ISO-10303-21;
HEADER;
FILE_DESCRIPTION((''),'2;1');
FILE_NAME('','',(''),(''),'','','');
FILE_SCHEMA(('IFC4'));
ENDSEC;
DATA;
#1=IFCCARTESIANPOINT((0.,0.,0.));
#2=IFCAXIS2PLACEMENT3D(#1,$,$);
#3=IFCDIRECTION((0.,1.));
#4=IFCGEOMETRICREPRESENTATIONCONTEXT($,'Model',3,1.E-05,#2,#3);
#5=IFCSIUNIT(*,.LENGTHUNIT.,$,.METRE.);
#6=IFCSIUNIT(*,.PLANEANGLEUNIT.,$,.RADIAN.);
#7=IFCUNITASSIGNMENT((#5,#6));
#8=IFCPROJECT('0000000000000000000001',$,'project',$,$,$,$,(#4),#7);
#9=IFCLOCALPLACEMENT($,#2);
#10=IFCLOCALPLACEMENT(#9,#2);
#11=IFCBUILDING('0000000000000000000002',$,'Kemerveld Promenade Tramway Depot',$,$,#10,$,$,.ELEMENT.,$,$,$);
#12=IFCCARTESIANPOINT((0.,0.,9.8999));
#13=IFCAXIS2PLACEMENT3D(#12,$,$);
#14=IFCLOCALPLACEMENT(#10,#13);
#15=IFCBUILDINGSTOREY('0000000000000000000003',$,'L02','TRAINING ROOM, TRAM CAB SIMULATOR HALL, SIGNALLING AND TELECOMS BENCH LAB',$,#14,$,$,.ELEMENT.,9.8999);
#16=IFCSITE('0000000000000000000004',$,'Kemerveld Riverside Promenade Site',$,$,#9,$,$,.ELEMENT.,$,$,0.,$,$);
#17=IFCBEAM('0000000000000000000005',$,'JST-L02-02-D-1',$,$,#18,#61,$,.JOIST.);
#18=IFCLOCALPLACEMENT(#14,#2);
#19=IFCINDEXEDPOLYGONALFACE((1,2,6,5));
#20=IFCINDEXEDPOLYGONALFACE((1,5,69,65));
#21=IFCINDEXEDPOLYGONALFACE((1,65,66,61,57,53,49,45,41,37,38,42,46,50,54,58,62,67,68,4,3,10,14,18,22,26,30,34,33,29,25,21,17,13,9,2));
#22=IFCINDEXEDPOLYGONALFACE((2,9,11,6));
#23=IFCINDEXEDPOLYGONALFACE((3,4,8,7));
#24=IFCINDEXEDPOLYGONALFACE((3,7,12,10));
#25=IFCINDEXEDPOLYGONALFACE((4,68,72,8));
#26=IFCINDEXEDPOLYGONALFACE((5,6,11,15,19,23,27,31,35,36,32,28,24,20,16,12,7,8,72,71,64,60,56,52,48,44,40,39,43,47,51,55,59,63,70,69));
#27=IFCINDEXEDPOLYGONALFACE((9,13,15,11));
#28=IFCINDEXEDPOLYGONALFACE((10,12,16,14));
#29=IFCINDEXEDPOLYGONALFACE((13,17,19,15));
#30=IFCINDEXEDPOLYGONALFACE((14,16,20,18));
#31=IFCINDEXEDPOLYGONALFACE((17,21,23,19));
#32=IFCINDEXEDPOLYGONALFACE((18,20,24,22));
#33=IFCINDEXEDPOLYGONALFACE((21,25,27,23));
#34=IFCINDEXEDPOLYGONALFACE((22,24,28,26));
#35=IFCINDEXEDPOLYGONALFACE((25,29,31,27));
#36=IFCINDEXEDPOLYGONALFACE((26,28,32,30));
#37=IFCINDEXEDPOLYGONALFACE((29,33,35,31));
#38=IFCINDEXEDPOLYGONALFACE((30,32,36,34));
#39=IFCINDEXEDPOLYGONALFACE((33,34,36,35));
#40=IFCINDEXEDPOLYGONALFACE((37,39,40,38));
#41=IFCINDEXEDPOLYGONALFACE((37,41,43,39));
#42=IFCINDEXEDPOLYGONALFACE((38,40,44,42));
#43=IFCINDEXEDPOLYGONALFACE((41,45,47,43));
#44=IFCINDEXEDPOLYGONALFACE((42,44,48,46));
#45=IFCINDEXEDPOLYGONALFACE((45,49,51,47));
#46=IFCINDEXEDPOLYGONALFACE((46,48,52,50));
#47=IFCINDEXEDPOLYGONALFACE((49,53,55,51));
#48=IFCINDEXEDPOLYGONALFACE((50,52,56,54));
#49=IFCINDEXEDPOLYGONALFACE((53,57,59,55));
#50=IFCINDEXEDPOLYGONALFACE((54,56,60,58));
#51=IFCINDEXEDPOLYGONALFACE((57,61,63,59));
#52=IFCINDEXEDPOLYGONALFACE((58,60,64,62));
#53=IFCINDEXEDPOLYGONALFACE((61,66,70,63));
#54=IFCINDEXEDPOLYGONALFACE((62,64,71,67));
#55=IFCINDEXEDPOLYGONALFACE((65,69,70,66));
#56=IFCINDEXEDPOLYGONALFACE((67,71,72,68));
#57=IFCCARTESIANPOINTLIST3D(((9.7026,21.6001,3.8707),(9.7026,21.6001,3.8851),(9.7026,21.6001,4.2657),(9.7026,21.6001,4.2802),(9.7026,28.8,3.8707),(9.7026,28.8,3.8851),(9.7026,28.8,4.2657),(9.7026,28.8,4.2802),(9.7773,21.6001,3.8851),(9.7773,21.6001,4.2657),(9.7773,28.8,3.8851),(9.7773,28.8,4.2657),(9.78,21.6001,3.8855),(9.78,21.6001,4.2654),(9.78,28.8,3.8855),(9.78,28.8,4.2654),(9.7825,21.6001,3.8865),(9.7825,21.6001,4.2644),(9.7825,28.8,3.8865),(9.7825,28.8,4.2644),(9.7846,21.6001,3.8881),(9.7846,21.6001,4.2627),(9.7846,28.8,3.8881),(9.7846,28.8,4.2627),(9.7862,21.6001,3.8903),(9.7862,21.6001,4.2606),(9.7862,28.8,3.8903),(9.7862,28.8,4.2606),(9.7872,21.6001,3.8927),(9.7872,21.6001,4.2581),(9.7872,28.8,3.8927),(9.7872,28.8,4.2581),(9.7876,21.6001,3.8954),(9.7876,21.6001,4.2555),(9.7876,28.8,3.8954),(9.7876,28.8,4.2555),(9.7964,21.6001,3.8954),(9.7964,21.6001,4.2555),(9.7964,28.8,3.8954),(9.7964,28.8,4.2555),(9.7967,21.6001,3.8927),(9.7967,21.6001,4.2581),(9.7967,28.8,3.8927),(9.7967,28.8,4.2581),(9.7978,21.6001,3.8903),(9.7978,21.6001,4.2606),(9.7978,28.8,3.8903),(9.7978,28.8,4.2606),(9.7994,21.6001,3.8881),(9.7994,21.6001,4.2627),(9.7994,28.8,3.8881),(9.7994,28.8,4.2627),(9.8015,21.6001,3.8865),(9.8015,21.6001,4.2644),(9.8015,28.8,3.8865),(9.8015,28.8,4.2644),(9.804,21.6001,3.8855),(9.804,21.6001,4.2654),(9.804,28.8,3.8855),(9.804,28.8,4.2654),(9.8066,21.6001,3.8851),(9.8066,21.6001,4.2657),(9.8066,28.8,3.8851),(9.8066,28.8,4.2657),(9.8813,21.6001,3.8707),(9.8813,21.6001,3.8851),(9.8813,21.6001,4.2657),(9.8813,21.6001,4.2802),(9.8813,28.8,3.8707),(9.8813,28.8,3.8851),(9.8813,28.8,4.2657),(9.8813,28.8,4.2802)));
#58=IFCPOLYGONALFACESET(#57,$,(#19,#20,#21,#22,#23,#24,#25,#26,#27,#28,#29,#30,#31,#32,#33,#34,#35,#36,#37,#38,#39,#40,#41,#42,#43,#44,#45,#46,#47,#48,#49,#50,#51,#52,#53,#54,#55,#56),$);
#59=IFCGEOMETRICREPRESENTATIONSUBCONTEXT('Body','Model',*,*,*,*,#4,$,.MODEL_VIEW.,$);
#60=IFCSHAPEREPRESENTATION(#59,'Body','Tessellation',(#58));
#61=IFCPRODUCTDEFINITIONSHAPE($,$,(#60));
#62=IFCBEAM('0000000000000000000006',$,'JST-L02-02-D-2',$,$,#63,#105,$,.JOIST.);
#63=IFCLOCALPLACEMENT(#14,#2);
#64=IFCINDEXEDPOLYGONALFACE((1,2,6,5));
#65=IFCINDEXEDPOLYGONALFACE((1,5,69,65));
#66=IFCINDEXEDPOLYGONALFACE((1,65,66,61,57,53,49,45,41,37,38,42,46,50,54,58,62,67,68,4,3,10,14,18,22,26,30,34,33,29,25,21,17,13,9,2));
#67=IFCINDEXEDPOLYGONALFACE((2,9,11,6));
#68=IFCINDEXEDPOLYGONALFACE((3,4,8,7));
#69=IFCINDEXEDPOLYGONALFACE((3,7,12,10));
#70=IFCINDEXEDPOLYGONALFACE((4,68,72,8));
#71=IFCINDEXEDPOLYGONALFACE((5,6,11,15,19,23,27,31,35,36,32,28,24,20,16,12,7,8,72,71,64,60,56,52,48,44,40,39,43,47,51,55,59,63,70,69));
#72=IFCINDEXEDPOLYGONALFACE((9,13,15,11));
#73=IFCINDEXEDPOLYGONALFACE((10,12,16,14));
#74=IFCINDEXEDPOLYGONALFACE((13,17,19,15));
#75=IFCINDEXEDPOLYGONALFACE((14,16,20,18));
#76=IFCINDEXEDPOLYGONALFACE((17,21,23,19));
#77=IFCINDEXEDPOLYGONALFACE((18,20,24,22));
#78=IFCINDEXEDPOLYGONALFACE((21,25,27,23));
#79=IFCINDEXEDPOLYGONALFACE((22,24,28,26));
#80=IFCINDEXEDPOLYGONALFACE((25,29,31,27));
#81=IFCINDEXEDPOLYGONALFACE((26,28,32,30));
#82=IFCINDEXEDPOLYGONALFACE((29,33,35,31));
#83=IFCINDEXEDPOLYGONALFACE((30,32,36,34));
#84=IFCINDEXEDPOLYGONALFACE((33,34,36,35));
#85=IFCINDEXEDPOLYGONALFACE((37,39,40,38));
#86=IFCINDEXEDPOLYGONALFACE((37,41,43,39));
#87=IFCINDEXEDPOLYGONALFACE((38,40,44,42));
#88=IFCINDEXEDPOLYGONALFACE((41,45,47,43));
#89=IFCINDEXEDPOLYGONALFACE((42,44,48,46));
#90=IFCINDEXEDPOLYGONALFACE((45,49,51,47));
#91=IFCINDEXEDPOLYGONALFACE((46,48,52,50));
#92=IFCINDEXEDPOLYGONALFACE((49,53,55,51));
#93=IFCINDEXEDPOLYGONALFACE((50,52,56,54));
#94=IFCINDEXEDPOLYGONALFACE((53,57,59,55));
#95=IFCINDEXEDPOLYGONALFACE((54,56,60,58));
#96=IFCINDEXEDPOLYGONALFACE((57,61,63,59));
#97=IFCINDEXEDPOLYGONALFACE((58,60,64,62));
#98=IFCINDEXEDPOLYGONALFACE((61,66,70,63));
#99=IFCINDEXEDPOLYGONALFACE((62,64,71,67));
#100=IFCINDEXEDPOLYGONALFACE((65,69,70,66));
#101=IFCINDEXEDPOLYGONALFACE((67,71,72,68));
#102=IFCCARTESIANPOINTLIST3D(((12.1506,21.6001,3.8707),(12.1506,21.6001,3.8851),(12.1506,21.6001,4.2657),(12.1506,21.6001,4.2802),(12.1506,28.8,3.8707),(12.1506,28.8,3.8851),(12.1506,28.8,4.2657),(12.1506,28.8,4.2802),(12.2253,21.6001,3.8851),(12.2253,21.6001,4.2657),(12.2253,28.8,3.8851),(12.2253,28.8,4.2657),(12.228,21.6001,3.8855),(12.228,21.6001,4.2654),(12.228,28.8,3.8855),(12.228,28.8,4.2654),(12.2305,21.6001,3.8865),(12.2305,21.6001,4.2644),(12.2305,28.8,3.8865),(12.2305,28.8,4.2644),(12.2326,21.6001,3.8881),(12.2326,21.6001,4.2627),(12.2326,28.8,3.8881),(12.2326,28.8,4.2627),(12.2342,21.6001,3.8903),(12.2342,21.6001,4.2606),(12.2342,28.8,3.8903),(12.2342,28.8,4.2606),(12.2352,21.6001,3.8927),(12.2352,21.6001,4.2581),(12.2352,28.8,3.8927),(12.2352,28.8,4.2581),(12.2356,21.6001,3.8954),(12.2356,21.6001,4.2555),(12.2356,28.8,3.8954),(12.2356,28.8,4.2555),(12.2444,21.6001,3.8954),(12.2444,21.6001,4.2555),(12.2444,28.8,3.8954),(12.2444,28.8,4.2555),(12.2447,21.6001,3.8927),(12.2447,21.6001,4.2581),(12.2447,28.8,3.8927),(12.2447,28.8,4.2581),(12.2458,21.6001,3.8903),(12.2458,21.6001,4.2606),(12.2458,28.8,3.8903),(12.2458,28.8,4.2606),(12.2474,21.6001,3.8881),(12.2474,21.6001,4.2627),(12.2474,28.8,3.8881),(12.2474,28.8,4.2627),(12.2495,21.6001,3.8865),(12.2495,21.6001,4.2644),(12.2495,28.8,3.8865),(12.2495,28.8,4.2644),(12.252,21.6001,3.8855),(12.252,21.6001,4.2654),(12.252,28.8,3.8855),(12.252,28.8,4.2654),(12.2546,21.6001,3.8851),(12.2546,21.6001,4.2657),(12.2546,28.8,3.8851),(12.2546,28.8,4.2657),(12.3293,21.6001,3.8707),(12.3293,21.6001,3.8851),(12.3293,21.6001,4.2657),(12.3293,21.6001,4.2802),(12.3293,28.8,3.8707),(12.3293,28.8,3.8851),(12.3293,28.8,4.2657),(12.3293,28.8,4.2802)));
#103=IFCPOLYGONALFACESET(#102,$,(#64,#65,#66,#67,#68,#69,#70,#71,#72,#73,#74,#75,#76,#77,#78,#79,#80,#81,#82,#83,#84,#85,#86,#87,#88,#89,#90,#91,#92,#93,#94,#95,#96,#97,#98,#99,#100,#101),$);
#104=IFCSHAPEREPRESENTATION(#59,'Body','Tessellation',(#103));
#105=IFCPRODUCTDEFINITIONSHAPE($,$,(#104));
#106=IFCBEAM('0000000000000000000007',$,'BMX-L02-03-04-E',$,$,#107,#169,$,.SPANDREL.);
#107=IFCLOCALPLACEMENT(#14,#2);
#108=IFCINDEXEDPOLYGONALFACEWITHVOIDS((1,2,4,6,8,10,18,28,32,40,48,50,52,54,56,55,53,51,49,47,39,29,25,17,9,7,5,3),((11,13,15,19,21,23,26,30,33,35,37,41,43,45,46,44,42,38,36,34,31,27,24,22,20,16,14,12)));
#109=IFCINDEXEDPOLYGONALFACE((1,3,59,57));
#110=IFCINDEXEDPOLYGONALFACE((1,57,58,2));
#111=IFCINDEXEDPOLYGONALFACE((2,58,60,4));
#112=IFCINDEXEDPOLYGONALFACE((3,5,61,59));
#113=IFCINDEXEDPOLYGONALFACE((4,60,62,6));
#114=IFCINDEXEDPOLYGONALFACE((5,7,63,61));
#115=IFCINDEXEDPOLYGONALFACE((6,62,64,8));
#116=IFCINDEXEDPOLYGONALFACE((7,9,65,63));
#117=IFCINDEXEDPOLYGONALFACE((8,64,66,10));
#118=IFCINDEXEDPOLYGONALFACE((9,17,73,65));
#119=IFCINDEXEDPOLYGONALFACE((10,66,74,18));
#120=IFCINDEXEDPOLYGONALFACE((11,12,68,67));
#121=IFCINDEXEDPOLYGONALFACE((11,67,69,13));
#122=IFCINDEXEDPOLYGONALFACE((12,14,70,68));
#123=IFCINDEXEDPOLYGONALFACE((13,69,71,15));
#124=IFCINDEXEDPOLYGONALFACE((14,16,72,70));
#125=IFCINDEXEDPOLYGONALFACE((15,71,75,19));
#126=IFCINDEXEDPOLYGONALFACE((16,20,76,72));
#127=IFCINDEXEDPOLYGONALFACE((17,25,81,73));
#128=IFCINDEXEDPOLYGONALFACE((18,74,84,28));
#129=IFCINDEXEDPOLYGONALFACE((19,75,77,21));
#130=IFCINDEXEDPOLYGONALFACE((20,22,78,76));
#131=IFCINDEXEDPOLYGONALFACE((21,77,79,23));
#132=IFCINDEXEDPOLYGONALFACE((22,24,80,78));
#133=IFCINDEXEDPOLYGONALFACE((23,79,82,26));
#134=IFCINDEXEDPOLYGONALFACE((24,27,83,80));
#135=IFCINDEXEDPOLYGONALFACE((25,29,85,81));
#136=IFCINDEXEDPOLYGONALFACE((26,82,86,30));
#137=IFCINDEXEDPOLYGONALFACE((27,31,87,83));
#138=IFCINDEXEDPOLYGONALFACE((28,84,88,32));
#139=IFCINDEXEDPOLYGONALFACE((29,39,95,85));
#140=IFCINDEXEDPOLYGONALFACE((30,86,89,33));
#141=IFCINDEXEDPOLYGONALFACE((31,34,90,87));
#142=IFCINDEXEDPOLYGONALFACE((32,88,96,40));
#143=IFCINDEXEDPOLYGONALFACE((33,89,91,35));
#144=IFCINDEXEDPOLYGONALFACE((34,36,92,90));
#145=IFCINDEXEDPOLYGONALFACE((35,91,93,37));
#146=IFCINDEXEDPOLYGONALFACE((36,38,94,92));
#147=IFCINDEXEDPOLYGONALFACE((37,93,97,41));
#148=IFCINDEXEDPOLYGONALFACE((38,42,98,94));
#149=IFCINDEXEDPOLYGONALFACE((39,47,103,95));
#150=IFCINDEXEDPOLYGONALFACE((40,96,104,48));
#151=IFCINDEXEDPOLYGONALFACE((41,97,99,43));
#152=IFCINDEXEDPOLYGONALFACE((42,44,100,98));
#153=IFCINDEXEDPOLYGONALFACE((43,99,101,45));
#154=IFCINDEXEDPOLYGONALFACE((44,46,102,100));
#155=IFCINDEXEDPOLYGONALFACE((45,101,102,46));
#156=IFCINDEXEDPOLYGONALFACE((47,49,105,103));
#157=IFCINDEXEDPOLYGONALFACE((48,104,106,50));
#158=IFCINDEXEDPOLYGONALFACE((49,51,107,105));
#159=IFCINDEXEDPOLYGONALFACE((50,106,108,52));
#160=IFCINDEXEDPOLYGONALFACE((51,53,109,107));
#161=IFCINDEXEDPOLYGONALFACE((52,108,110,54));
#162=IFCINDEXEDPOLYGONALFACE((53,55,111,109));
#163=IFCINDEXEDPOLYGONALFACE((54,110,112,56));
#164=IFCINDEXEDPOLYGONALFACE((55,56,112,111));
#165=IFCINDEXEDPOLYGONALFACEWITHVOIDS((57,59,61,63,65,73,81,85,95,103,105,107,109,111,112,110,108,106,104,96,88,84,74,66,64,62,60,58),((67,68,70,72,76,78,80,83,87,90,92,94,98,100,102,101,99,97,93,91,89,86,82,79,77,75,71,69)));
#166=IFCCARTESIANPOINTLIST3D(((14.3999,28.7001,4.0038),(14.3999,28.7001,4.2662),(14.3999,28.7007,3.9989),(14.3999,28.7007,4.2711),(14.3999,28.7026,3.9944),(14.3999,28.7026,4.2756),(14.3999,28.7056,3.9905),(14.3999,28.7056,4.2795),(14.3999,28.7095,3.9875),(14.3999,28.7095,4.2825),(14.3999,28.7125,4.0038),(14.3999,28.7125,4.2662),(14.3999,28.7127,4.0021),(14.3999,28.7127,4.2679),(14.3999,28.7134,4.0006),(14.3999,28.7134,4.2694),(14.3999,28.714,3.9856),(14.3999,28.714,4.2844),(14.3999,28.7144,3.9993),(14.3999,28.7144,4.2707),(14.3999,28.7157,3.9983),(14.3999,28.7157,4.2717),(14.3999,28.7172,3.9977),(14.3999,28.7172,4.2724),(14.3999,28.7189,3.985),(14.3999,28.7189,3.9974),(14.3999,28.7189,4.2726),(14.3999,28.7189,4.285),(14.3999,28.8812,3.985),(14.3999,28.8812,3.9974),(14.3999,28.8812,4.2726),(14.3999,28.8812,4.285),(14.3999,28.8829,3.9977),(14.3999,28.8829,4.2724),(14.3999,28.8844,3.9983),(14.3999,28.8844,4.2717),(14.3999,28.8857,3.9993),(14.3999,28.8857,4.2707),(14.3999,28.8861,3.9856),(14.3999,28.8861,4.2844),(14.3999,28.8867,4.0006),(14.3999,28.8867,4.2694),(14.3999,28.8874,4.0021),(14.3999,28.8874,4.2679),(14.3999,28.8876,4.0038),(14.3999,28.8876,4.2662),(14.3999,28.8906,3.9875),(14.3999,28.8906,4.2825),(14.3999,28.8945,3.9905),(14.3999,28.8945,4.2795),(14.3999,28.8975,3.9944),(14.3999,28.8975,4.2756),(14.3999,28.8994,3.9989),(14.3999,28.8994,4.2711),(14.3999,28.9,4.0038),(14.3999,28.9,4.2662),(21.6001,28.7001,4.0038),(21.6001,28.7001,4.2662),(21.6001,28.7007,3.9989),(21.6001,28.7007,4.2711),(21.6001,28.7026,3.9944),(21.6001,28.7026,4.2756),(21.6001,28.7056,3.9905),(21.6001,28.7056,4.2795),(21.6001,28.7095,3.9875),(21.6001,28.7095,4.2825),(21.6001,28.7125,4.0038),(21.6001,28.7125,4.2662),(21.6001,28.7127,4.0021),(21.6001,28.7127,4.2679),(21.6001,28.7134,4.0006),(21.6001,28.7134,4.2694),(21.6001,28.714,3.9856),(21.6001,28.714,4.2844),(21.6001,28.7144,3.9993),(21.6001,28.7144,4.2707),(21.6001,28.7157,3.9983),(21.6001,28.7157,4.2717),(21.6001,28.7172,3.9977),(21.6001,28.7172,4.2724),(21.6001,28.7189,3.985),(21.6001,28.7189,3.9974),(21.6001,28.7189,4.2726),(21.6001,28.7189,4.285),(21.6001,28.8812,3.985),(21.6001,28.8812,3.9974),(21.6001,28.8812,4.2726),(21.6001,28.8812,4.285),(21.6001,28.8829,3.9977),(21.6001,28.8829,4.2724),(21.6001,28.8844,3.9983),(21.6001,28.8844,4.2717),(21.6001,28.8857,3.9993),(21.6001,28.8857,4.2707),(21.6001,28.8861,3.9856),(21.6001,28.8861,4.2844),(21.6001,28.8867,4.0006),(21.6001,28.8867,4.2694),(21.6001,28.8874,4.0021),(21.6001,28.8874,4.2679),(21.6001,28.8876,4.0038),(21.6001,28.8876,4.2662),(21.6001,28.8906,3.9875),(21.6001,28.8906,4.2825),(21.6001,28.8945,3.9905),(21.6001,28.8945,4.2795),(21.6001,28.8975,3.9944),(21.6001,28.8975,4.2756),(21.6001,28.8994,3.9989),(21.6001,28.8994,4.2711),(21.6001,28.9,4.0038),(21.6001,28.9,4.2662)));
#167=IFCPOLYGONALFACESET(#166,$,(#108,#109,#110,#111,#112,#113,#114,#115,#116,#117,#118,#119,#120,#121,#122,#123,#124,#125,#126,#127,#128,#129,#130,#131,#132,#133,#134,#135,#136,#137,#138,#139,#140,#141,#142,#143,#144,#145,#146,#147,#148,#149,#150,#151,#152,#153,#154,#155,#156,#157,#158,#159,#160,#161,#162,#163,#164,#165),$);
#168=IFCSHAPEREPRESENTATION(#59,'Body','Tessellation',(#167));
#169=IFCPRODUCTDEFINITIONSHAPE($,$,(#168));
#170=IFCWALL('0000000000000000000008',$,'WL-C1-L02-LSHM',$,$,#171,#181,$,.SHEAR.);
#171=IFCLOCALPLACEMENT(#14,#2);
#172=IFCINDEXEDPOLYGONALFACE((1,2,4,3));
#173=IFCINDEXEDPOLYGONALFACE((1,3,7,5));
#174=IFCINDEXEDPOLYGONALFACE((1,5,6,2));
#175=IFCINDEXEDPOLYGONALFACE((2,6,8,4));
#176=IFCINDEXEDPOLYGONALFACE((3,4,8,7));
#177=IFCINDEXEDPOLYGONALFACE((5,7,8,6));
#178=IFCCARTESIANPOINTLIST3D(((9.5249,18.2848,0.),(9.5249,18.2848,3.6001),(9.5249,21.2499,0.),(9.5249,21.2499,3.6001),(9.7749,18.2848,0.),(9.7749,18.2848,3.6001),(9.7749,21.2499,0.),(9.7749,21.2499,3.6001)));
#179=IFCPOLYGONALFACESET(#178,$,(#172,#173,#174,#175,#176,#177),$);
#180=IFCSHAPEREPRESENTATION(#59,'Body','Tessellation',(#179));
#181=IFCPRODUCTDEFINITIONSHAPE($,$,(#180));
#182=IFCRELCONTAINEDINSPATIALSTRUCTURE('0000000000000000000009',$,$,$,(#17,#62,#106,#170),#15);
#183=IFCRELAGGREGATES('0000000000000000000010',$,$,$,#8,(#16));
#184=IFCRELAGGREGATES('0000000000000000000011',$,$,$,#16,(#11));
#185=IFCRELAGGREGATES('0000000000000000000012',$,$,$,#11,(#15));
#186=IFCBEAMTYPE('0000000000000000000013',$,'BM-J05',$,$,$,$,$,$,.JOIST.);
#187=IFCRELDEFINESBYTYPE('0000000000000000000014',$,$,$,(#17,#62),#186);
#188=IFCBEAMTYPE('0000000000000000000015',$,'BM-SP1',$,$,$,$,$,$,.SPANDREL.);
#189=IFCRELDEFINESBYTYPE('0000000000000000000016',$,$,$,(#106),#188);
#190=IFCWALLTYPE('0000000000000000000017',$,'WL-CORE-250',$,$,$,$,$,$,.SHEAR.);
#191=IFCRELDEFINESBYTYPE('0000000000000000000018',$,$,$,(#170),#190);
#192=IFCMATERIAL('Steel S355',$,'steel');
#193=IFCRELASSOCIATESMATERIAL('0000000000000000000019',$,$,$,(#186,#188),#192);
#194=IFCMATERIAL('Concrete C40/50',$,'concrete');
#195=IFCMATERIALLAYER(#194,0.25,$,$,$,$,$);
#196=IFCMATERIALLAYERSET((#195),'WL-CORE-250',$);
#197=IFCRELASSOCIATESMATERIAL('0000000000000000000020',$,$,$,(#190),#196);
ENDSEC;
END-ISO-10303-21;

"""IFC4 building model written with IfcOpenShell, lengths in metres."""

from ifc_helpers import new_model, si_unit, direction, frame, frame_2d, origin, origin_2d, place, context, subcontext, project, spatial, rectangle, hollow_rectangle, i_section, extrude, material, layer, layer_set, material_profile, profile_set, type_object, element, save


model = new_model("IFC4")

# Units and contexts
model_context = context("Model", 3, precision=1e-05, world=origin(), true_north=direction((0.0, 1.0)))
body_context = subcontext(model_context, "Body", "Model", "MODEL_VIEW")
ifc_project = project(units=[si_unit("LENGTHUNIT", "METRE"), si_unit("PLANEANGLEUNIT", "RADIAN")], contexts=[model_context])

# Site, building, storey
site_placement = place(None, origin())
site = spatial("IfcSite", under=ifc_project, at=site_placement, Name="Kemerveld Riverside Promenade Site", CompositionType="ELEMENT", RefElevation=0.0)
building_placement = place(site_placement, origin())
building = spatial("IfcBuilding", under=site, at=building_placement, Name="Kemerveld Promenade Tramway Depot", CompositionType="ELEMENT")
storey_placement = place(building_placement, frame((0.0, 0.0, 9.8999)))
storey = spatial("IfcBuildingStorey", under=building, at=storey_placement, Name="L02", Description="TRAINING ROOM, TRAM CAB SIMULATOR HALL, SIGNALLING AND TELECOMS BENCH LAB", CompositionType="ELEMENT", Elevation=9.8999)

# Shared definitions
ifc_material_1 = material(Name="Steel S355", Category="steel")

# Beams
ifc_material_profile_1 = material_profile(ifc_material_1, i_section(OverallWidth=0.1787, OverallDepth=0.4094, WebThickness=0.0088, FlangeThickness=0.0144, FilletRadius=0.0103, at=origin_2d()), Name="406x178x67 UB")
ifc_profile_set_1 = profile_set([ifc_material_profile_1], Name="Steel S355")
beam_type_1 = type_object("IfcBeamType", Name="BM-J05", PredefinedType="JOIST", material=ifc_profile_set_1)
for number, where, z_axis, x_axis, name in (
    (1, (9.792, 21.6001, 4.0754), (0.0, 1.0, 0.0), (-1.0, 0.0, 0.0), "JST-L02-02-D-1"),
    (2, (12.24, 21.6001, 4.0754), (0.0, 1.0, 0.0), (-1.0, 0.0, 0.0), "JST-L02-02-D-2"),
):
    element("IfcBeam", number, at=place(storey_placement, frame(where, z_axis=z_axis, x_axis=x_axis)), inside=storey, type_object=beam_type_1, Name=name, PredefinedType="JOIST", context=body_context, shape_type="SweptSolid", body=[
        extrude(i_section(OverallWidth=0.1787, OverallDepth=0.4094, WebThickness=0.0088, FlangeThickness=0.0144, FilletRadius=0.0103, at=origin_2d()), origin(), (0.0, 0.0, 1.0), 7.2),
    ])
ifc_material_profile_2 = material_profile(ifc_material_1, hollow_rectangle(XDim=0.2, YDim=0.3, WallThickness=0.0125, InnerFilletRadius=0.0063, OuterFilletRadius=0.0188, at=origin_2d()), Name="300x200x12.5 RHS")
ifc_profile_set_2 = profile_set([ifc_material_profile_2], Name="Steel S355")
beam_type_2 = type_object("IfcBeamType", Name="BM-SP1", PredefinedType="SPANDREL", material=ifc_profile_set_2)
beam_1_placement = place(storey_placement, frame((14.3999, 28.8, 4.135), z_axis=(1.0, 0.0, 0.0), x_axis=(0.0, 1.0, 0.0)))
element("IfcBeam", 3, at=beam_1_placement, inside=storey, type_object=beam_type_2, Name="BMX-L02-03-04-E", PredefinedType="SPANDREL", context=body_context, shape_type="SweptSolid", body=[
    extrude(hollow_rectangle(XDim=0.2, YDim=0.3, WallThickness=0.0125, InnerFilletRadius=0.0063, OuterFilletRadius=0.0188, at=origin_2d()), origin(), (0.0, 0.0, 1.0), 7.2002),
])

# Wall
ifc_material_2 = material(Name="Concrete C40/50", Category="concrete")
ifc_layer_1 = layer(ifc_material_2, 0.25)
ifc_layer_set_1 = layer_set([ifc_layer_1], Name="WL-CORE-250")
wall_type_1 = type_object("IfcWallType", Name="WL-CORE-250", PredefinedType="SHEAR", material=ifc_layer_set_1)
wall_1_placement = place(storey_placement, frame((9.6499, 18.2849, 0.0), z_axis=(0.0, 0.0, 1.0), x_axis=(0.0, 1.0, 0.0)))
element("IfcWall", 4, at=wall_1_placement, inside=storey, type_object=wall_type_1, Name="WL-C1-L02-LSHM", PredefinedType="SHEAR", context=body_context, shape_type="SweptSolid", body=[
    extrude(rectangle(XDim=2.9651, YDim=0.25, at=frame_2d((1.4824, 0.0))), origin(), (0.0, 0.0, 1.0), 3.6001),
])

save(model, "model.ifc")
